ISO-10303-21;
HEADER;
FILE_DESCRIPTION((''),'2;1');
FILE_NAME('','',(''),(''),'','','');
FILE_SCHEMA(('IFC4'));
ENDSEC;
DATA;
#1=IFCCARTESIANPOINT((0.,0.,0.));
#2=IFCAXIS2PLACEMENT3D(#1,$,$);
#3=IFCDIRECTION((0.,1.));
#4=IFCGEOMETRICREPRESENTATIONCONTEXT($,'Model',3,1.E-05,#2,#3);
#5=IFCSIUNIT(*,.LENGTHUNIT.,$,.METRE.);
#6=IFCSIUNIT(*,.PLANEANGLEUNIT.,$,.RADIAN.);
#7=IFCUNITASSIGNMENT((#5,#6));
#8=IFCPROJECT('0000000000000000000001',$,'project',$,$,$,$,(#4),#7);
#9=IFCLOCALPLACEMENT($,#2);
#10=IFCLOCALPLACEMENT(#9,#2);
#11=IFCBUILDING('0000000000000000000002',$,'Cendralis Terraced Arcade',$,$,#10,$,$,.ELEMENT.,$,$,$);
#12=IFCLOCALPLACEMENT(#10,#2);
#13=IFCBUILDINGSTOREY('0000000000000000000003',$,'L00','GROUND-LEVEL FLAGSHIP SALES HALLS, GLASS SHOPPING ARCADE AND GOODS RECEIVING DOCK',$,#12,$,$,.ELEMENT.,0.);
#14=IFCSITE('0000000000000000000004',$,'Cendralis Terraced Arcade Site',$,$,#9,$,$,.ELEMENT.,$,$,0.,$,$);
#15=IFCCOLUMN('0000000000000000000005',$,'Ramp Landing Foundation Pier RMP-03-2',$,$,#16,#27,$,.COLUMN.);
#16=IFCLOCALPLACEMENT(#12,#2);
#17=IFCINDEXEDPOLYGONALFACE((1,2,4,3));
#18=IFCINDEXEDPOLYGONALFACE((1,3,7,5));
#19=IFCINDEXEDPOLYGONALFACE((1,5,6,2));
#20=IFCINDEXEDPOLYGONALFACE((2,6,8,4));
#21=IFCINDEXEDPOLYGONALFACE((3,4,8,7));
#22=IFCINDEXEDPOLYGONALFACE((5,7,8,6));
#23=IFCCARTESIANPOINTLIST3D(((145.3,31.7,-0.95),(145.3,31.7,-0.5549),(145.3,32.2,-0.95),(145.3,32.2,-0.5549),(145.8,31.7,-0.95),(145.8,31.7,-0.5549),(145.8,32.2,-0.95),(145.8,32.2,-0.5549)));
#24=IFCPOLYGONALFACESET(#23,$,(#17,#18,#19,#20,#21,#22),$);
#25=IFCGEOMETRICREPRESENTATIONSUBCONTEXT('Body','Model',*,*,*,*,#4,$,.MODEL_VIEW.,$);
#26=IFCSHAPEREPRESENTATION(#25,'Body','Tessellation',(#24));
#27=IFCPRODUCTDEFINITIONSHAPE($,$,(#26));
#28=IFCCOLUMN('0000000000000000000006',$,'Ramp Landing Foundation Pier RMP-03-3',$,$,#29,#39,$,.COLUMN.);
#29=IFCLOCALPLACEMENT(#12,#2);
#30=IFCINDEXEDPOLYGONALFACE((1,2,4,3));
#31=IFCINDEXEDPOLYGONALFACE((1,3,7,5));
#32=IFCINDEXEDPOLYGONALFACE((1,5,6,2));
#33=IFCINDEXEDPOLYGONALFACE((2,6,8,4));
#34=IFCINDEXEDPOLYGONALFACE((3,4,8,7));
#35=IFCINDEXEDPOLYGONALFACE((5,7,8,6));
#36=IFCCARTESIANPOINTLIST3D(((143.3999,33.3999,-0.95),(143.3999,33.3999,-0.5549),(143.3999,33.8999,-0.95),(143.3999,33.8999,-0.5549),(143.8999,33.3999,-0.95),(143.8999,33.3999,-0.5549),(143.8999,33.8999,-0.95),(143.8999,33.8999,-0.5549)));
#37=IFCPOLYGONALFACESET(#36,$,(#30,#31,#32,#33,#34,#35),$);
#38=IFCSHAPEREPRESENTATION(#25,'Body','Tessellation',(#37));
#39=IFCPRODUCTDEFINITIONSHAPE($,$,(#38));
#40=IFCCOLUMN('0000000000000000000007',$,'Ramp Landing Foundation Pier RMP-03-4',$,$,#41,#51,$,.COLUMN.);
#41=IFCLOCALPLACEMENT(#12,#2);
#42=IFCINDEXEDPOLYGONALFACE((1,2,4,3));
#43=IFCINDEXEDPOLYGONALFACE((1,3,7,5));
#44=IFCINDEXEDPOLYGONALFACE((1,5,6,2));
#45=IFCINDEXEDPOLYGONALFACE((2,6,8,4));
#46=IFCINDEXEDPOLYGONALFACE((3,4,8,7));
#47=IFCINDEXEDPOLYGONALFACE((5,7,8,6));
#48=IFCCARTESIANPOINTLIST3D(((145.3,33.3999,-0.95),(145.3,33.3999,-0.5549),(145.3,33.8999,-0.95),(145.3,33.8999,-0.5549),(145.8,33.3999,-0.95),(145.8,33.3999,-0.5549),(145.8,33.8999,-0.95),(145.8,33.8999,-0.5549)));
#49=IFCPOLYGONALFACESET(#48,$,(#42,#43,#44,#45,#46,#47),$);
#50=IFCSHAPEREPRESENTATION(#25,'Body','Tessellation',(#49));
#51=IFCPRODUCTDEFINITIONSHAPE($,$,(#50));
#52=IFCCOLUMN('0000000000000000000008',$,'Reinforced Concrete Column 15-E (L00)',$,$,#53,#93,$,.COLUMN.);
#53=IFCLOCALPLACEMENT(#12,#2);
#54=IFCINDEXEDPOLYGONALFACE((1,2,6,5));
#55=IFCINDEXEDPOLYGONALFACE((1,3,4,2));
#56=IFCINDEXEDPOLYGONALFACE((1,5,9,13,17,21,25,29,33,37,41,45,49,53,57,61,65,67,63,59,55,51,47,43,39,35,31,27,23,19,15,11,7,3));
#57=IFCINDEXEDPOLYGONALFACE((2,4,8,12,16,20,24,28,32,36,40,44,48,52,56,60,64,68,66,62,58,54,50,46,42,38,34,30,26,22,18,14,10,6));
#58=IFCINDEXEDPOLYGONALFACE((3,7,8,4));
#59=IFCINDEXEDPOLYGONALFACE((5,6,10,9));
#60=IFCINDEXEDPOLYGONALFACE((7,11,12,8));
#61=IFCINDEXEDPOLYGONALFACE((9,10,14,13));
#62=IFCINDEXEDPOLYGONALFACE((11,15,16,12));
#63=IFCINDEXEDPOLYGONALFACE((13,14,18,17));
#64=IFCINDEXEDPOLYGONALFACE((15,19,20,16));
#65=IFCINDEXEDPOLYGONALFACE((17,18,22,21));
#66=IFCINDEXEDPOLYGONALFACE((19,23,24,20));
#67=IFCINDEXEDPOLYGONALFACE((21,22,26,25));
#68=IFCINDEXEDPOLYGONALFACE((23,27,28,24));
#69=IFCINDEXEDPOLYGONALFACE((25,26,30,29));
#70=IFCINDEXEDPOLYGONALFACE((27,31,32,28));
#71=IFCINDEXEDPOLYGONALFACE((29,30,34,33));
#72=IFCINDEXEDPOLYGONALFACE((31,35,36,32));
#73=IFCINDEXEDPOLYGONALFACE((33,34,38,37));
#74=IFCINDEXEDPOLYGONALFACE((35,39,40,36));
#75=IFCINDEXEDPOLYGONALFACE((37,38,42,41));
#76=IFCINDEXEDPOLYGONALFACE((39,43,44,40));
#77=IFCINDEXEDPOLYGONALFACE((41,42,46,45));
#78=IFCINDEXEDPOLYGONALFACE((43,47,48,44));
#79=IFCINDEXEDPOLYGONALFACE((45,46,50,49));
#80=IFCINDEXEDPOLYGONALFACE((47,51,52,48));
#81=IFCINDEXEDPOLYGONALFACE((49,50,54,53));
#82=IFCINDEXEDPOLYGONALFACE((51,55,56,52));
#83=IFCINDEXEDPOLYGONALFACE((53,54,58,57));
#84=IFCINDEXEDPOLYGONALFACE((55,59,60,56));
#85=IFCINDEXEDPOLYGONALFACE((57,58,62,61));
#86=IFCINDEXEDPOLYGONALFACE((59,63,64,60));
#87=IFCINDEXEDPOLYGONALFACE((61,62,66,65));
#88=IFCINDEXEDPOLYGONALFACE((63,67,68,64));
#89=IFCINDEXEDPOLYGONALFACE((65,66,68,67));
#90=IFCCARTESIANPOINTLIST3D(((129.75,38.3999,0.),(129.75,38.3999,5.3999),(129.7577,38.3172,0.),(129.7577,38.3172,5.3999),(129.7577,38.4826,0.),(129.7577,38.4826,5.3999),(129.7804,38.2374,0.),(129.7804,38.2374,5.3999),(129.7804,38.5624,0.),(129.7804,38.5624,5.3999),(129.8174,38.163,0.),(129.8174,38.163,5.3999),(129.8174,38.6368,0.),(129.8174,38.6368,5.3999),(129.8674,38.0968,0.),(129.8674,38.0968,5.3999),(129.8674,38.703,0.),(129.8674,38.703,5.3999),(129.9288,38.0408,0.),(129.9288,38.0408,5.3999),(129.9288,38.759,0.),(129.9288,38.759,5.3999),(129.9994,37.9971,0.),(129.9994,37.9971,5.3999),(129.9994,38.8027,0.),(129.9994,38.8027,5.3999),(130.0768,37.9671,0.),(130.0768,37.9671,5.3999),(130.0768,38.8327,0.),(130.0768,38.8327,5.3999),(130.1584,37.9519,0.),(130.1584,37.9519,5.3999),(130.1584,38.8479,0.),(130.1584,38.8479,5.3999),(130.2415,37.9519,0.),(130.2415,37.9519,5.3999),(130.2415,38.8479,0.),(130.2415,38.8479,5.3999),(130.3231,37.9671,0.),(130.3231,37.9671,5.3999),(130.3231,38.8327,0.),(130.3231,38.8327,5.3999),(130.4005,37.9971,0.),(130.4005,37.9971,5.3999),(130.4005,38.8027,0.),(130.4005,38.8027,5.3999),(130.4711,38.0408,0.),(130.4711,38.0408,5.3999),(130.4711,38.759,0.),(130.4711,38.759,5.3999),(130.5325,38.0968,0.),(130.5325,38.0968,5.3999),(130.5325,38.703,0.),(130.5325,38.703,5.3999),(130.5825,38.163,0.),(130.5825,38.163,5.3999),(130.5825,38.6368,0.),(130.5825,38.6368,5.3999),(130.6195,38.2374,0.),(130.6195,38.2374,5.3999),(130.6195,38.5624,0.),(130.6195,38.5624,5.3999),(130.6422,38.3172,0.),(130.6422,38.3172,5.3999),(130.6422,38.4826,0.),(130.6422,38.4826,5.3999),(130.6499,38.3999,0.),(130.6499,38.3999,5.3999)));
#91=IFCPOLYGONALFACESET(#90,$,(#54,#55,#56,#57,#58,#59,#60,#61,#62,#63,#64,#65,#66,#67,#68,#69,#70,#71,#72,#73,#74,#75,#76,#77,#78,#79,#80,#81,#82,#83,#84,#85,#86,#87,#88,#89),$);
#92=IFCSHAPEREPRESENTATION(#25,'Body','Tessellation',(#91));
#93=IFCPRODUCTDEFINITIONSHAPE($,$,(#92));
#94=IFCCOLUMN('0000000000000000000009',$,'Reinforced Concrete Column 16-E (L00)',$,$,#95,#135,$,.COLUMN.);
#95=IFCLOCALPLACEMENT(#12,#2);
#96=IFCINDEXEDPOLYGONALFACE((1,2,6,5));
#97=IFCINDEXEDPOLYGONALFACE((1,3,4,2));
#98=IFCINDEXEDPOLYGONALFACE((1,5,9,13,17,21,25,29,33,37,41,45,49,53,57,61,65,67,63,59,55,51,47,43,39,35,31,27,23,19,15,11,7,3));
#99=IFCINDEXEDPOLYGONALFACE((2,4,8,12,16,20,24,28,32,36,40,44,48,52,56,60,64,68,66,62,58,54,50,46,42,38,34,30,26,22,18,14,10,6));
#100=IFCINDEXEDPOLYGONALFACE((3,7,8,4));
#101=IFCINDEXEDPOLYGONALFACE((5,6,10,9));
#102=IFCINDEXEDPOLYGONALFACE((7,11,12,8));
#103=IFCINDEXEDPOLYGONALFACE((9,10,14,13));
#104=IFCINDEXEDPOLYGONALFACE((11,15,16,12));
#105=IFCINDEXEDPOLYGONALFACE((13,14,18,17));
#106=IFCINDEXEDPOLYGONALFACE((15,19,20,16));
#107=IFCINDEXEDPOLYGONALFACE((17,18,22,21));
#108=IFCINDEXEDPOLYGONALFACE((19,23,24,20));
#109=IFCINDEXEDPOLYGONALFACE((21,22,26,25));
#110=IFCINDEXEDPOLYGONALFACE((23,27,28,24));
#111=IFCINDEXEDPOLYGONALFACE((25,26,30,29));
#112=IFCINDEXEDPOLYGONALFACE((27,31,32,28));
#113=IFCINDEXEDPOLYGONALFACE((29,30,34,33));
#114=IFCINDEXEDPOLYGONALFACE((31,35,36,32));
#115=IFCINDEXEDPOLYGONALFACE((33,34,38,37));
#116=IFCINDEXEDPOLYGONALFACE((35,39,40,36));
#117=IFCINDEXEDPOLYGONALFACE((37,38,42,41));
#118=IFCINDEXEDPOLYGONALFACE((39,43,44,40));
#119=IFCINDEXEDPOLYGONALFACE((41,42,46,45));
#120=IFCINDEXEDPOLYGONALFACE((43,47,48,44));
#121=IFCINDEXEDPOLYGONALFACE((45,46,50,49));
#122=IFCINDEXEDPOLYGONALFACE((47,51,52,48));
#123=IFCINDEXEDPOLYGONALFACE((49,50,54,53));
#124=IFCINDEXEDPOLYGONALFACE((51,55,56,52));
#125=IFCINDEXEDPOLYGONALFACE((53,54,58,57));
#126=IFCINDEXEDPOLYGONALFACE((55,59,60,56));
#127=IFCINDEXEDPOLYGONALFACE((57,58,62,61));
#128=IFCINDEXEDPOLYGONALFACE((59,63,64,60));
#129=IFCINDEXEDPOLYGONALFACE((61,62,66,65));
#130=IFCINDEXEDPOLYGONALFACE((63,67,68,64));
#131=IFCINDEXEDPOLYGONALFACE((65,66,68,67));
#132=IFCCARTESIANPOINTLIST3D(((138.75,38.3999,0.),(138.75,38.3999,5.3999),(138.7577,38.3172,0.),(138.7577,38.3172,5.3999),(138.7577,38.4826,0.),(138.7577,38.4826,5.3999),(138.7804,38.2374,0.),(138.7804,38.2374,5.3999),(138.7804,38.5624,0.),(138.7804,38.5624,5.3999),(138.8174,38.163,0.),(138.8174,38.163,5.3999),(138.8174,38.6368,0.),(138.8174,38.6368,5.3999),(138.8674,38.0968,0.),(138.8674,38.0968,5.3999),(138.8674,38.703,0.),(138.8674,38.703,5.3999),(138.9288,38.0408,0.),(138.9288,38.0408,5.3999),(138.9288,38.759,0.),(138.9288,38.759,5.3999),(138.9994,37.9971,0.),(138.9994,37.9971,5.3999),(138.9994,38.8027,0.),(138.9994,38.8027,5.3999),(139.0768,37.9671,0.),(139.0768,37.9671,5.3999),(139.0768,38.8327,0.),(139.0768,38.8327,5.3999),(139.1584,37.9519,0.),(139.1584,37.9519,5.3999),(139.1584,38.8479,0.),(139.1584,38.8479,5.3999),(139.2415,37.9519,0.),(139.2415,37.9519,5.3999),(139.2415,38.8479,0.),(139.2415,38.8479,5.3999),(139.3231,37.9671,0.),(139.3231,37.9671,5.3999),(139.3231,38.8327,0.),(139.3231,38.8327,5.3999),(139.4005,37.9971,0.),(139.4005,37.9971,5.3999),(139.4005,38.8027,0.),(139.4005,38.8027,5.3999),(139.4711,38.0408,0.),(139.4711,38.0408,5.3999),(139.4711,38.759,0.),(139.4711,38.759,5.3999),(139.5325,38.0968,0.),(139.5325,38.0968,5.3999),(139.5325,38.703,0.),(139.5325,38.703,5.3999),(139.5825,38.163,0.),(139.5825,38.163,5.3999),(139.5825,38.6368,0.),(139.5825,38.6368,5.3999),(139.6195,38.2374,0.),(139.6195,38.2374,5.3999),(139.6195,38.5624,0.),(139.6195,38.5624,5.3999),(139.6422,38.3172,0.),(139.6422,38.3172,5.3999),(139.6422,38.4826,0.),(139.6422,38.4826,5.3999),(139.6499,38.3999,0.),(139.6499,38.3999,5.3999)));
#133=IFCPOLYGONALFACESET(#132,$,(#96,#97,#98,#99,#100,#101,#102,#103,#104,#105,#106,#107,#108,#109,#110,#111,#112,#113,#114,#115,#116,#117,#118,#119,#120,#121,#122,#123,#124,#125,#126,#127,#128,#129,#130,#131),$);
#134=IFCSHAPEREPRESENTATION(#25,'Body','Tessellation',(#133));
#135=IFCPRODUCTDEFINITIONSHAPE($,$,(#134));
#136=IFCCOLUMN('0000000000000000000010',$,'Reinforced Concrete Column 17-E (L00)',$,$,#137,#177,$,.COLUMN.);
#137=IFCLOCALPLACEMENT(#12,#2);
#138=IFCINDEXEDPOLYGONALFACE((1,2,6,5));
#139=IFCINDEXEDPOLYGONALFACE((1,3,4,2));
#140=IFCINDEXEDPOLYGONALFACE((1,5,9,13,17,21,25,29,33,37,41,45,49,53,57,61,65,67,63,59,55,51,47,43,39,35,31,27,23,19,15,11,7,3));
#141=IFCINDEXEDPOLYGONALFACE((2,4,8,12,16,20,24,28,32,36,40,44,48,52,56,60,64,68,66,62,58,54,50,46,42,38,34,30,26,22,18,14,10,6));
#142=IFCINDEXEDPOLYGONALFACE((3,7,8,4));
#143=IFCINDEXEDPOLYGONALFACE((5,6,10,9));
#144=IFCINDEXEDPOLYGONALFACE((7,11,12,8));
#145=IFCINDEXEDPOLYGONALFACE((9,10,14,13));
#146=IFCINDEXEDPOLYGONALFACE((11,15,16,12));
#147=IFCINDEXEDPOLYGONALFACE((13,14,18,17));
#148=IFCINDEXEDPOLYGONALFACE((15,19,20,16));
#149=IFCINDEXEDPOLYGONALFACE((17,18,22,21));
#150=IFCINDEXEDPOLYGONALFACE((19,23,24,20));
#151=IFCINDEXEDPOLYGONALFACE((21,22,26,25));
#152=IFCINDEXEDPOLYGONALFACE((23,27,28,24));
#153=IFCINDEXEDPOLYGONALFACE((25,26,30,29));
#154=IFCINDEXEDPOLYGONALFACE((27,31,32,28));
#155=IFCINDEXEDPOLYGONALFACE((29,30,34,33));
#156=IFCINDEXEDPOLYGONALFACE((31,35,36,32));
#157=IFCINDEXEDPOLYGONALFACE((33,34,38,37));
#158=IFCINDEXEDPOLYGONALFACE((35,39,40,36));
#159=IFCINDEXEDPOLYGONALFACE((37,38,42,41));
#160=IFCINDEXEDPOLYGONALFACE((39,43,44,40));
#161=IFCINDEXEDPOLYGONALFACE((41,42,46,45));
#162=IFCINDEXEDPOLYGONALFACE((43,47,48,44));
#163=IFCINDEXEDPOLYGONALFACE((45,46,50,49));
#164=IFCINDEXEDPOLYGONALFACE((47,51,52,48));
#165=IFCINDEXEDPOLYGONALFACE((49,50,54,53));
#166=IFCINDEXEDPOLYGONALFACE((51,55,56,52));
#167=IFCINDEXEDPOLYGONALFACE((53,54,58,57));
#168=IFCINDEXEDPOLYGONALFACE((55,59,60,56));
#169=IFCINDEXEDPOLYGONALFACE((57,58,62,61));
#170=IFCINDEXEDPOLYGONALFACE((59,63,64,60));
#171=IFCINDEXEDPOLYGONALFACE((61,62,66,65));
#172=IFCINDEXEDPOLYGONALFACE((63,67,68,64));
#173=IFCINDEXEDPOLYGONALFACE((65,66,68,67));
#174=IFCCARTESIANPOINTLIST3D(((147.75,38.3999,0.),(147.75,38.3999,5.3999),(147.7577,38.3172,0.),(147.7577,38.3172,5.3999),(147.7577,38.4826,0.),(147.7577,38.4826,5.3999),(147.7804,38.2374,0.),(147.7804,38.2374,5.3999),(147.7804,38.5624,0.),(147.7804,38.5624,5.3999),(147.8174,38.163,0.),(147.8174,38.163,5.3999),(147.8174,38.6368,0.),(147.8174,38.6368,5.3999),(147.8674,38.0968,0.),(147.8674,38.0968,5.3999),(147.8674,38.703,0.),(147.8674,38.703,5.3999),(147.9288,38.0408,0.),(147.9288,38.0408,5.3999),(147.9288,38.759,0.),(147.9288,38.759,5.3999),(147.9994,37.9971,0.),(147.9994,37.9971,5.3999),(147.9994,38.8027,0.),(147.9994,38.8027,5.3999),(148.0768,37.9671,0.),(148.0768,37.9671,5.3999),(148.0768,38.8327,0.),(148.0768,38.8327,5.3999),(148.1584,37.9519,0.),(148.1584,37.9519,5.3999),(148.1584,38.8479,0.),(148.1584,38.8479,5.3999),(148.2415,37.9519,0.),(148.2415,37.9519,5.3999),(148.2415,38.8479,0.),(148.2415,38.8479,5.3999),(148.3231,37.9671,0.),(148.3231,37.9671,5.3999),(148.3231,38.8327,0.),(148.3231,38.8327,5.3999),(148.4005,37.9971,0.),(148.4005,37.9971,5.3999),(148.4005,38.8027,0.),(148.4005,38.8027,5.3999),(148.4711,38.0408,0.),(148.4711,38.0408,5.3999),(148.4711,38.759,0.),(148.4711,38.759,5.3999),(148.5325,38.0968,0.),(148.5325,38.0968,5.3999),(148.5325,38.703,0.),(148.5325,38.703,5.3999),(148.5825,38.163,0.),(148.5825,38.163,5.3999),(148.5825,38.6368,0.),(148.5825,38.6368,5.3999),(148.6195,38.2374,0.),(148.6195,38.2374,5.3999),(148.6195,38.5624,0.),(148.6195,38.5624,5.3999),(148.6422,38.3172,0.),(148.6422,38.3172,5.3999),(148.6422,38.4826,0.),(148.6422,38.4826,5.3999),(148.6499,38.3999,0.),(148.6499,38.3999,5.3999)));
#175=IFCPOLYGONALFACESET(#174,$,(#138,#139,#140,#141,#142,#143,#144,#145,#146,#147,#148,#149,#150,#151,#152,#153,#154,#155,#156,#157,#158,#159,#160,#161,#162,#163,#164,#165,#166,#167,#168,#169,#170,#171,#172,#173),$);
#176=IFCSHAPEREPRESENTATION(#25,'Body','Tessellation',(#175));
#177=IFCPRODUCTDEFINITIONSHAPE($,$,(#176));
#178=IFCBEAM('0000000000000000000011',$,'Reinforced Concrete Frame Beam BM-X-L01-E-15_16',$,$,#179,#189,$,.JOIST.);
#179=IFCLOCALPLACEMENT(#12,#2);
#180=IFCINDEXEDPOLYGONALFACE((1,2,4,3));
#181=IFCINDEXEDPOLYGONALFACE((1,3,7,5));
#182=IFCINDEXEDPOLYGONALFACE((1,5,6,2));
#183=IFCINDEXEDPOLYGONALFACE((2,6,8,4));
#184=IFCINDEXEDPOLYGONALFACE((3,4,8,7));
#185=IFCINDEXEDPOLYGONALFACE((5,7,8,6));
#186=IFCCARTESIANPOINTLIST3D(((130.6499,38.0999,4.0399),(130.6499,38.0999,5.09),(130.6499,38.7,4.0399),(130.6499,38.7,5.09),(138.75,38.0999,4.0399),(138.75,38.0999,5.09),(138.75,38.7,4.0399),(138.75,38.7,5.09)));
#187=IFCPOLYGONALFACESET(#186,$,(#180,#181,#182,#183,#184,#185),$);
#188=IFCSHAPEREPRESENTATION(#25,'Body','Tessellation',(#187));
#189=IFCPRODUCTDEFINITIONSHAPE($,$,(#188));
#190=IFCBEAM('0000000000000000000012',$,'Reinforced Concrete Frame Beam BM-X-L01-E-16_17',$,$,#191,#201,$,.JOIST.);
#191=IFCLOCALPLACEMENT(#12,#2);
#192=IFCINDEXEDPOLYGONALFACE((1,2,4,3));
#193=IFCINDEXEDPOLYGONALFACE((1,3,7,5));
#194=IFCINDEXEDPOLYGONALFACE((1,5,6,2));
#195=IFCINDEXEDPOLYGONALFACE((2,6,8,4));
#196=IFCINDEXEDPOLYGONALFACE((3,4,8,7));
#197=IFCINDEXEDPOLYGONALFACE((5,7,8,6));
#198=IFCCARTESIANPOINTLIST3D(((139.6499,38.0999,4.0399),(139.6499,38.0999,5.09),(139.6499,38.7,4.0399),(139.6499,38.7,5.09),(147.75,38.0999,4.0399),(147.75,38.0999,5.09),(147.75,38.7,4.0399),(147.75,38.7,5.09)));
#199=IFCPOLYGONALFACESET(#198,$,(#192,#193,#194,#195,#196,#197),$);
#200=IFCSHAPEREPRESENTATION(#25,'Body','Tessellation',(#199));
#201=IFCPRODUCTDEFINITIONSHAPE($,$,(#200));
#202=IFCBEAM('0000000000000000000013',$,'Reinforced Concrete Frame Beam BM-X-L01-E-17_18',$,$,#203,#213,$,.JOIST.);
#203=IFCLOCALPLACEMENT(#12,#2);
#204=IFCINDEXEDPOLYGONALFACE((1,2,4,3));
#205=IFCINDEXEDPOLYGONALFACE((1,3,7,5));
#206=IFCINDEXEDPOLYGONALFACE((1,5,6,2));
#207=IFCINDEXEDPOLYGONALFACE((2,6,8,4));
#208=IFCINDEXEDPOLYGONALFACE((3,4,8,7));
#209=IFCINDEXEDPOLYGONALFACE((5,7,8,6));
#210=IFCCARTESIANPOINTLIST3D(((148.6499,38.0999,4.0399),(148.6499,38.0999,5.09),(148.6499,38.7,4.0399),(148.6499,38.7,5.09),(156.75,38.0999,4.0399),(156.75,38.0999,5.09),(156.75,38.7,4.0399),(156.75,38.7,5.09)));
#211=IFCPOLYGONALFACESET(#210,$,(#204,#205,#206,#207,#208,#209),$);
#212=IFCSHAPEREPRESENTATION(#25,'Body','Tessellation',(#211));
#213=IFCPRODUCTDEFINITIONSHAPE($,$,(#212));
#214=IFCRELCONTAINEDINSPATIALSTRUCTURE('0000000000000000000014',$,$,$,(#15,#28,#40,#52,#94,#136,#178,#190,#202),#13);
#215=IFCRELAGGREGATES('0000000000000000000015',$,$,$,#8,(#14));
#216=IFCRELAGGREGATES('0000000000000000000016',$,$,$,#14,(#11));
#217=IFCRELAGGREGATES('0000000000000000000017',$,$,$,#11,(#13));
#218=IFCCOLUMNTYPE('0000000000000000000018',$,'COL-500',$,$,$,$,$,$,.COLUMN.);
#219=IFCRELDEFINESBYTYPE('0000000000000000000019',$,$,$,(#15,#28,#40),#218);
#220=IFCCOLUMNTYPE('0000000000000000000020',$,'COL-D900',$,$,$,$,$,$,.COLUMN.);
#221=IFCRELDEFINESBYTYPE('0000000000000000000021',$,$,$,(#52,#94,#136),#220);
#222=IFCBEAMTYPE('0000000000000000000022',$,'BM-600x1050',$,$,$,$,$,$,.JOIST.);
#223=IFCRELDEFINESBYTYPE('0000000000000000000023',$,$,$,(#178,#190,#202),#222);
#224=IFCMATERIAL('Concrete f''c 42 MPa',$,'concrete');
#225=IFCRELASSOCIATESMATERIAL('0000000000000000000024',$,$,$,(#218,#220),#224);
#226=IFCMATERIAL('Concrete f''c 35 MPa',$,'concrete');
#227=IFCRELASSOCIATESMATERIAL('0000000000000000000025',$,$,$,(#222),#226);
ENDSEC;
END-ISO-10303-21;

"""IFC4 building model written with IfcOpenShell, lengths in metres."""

from ifc_helpers import new_model, si_unit, direction, frame, origin, origin_2d, place, context, subcontext, project, spatial, rectangle, circle, extrude, material, material_profile, profile_set, type_object, element, save


model = new_model("IFC4")

# Units and contexts
model_context = context("Model", 3, precision=1e-05, world=origin(), true_north=direction((0.0, 1.0)))
body_context = subcontext(model_context, "Body", "Model", "MODEL_VIEW")
ifc_project = project(units=[si_unit("LENGTHUNIT", "METRE"), si_unit("PLANEANGLEUNIT", "RADIAN")], contexts=[model_context])

# Site, building, storey
site_placement = place(None, origin())
site = spatial("IfcSite", under=ifc_project, at=site_placement, Name="Cendralis Terraced Arcade Site", CompositionType="ELEMENT", RefElevation=0.0)
building_placement = place(site_placement, origin())
building = spatial("IfcBuilding", under=site, at=building_placement, Name="Cendralis Terraced Arcade", CompositionType="ELEMENT")
storey_placement = place(building_placement, origin())
storey = spatial("IfcBuildingStorey", under=building, at=storey_placement, Name="L00", Description="GROUND-LEVEL FLAGSHIP SALES HALLS, GLASS SHOPPING ARCADE AND GOODS RECEIVING DOCK", CompositionType="ELEMENT", Elevation=0.0)

# Shared definitions
ifc_material_1 = material(Name="Concrete f'c 35 MPa", Category="concrete")

# Columns
ifc_material_2 = material(Name="Concrete f'c 42 MPa", Category="concrete")
ifc_material_profile_1 = material_profile(ifc_material_2, rectangle(XDim=0.5, YDim=0.5, at=origin_2d()), Name="RC-COL-500x500", Category="LoadBearing")
ifc_profile_set_1 = profile_set([ifc_material_profile_1], Name="Concrete f'c 42 MPa")
column_type_1 = type_object("IfcColumnType", Name="COL-500", PredefinedType="COLUMN", material=ifc_profile_set_1)
for number, where, z_axis, x_axis, name in (
    (1, (145.55, 31.95, -0.95), (0.0, 0.0, 1.0), (1.0, 0.0, 0.0), "Ramp Landing Foundation Pier RMP-03-2"),
    (2, (143.6499, 33.6499, -0.95), (0.0, 0.0, 1.0), (1.0, 0.0, 0.0), "Ramp Landing Foundation Pier RMP-03-3"),
    (3, (145.55, 33.6499, -0.95), (0.0, 0.0, 1.0), (1.0, 0.0, 0.0), "Ramp Landing Foundation Pier RMP-03-4"),
):
    element("IfcColumn", number, at=place(storey_placement, frame(where, z_axis=z_axis, x_axis=x_axis)), inside=storey, type_object=column_type_1, Name=name, PredefinedType="COLUMN", context=body_context, shape_type="SweptSolid", body=[
        extrude(rectangle(XDim=0.5, YDim=0.5, at=origin_2d()), origin(), (0.0, 0.0, 1.0), 0.395),
    ])
ifc_material_profile_2 = material_profile(ifc_material_2, circle(Radius=0.45, at=origin_2d()), Name="RC-COL-D900", Category="LoadBearing")
ifc_profile_set_2 = profile_set([ifc_material_profile_2], Name="Concrete f'c 42 MPa")
column_type_2 = type_object("IfcColumnType", Name="COL-D900", PredefinedType="COLUMN", material=ifc_profile_set_2)
for number, where, z_axis, x_axis, name in (
    (4, (130.2, 38.3999, 0.0), (0.0, 0.0, 1.0), (1.0, 0.0, 0.0), "Reinforced Concrete Column 15-E (L00)"),
    (5, (139.2, 38.3999, 0.0), (0.0, 0.0, 1.0), (1.0, 0.0, 0.0), "Reinforced Concrete Column 16-E (L00)"),
    (6, (148.2, 38.3999, 0.0), (0.0, 0.0, 1.0), (1.0, 0.0, 0.0), "Reinforced Concrete Column 17-E (L00)"),
):
    element("IfcColumn", number, at=place(storey_placement, frame(where, z_axis=z_axis, x_axis=x_axis)), inside=storey, type_object=column_type_2, Name=name, PredefinedType="COLUMN", context=body_context, shape_type="SweptSolid", body=[
        extrude(circle(Radius=0.45, at=origin_2d()), origin(), (0.0, 0.0, 1.0), 5.3999),
    ])

# Beams
ifc_material_profile_3 = material_profile(ifc_material_1, rectangle(XDim=0.6001, YDim=1.05, at=origin_2d()), Name="RC-BM-600x1050", Category="LoadBearing")
ifc_profile_set_3 = profile_set([ifc_material_profile_3], Name="Concrete f'c 35 MPa")
beam_type = type_object("IfcBeamType", Name="BM-600x1050", PredefinedType="JOIST", material=ifc_profile_set_3)
for number, where, z_axis, x_axis, name in (
    (7, (130.6499, 38.3999, 4.5649), (1.0, 0.0, 0.0), (0.0, 1.0, 0.0), "Reinforced Concrete Frame Beam BM-X-L01-E-15_16"),
    (8, (139.6499, 38.3999, 4.5649), (1.0, 0.0, 0.0), (0.0, 1.0, 0.0), "Reinforced Concrete Frame Beam BM-X-L01-E-16_17"),
    (9, (148.6499, 38.3999, 4.5649), (1.0, 0.0, 0.0), (0.0, 1.0, 0.0), "Reinforced Concrete Frame Beam BM-X-L01-E-17_18"),
):
    element("IfcBeam", number, at=place(storey_placement, frame(where, z_axis=z_axis, x_axis=x_axis)), inside=storey, type_object=beam_type, Name=name, PredefinedType="JOIST", context=body_context, shape_type="SweptSolid", body=[
        extrude(rectangle(XDim=0.6001, YDim=1.05, at=origin_2d()), origin(), (0.0, 0.0, 1.0), 8.1001),
    ])

save(model, "model.ifc")
